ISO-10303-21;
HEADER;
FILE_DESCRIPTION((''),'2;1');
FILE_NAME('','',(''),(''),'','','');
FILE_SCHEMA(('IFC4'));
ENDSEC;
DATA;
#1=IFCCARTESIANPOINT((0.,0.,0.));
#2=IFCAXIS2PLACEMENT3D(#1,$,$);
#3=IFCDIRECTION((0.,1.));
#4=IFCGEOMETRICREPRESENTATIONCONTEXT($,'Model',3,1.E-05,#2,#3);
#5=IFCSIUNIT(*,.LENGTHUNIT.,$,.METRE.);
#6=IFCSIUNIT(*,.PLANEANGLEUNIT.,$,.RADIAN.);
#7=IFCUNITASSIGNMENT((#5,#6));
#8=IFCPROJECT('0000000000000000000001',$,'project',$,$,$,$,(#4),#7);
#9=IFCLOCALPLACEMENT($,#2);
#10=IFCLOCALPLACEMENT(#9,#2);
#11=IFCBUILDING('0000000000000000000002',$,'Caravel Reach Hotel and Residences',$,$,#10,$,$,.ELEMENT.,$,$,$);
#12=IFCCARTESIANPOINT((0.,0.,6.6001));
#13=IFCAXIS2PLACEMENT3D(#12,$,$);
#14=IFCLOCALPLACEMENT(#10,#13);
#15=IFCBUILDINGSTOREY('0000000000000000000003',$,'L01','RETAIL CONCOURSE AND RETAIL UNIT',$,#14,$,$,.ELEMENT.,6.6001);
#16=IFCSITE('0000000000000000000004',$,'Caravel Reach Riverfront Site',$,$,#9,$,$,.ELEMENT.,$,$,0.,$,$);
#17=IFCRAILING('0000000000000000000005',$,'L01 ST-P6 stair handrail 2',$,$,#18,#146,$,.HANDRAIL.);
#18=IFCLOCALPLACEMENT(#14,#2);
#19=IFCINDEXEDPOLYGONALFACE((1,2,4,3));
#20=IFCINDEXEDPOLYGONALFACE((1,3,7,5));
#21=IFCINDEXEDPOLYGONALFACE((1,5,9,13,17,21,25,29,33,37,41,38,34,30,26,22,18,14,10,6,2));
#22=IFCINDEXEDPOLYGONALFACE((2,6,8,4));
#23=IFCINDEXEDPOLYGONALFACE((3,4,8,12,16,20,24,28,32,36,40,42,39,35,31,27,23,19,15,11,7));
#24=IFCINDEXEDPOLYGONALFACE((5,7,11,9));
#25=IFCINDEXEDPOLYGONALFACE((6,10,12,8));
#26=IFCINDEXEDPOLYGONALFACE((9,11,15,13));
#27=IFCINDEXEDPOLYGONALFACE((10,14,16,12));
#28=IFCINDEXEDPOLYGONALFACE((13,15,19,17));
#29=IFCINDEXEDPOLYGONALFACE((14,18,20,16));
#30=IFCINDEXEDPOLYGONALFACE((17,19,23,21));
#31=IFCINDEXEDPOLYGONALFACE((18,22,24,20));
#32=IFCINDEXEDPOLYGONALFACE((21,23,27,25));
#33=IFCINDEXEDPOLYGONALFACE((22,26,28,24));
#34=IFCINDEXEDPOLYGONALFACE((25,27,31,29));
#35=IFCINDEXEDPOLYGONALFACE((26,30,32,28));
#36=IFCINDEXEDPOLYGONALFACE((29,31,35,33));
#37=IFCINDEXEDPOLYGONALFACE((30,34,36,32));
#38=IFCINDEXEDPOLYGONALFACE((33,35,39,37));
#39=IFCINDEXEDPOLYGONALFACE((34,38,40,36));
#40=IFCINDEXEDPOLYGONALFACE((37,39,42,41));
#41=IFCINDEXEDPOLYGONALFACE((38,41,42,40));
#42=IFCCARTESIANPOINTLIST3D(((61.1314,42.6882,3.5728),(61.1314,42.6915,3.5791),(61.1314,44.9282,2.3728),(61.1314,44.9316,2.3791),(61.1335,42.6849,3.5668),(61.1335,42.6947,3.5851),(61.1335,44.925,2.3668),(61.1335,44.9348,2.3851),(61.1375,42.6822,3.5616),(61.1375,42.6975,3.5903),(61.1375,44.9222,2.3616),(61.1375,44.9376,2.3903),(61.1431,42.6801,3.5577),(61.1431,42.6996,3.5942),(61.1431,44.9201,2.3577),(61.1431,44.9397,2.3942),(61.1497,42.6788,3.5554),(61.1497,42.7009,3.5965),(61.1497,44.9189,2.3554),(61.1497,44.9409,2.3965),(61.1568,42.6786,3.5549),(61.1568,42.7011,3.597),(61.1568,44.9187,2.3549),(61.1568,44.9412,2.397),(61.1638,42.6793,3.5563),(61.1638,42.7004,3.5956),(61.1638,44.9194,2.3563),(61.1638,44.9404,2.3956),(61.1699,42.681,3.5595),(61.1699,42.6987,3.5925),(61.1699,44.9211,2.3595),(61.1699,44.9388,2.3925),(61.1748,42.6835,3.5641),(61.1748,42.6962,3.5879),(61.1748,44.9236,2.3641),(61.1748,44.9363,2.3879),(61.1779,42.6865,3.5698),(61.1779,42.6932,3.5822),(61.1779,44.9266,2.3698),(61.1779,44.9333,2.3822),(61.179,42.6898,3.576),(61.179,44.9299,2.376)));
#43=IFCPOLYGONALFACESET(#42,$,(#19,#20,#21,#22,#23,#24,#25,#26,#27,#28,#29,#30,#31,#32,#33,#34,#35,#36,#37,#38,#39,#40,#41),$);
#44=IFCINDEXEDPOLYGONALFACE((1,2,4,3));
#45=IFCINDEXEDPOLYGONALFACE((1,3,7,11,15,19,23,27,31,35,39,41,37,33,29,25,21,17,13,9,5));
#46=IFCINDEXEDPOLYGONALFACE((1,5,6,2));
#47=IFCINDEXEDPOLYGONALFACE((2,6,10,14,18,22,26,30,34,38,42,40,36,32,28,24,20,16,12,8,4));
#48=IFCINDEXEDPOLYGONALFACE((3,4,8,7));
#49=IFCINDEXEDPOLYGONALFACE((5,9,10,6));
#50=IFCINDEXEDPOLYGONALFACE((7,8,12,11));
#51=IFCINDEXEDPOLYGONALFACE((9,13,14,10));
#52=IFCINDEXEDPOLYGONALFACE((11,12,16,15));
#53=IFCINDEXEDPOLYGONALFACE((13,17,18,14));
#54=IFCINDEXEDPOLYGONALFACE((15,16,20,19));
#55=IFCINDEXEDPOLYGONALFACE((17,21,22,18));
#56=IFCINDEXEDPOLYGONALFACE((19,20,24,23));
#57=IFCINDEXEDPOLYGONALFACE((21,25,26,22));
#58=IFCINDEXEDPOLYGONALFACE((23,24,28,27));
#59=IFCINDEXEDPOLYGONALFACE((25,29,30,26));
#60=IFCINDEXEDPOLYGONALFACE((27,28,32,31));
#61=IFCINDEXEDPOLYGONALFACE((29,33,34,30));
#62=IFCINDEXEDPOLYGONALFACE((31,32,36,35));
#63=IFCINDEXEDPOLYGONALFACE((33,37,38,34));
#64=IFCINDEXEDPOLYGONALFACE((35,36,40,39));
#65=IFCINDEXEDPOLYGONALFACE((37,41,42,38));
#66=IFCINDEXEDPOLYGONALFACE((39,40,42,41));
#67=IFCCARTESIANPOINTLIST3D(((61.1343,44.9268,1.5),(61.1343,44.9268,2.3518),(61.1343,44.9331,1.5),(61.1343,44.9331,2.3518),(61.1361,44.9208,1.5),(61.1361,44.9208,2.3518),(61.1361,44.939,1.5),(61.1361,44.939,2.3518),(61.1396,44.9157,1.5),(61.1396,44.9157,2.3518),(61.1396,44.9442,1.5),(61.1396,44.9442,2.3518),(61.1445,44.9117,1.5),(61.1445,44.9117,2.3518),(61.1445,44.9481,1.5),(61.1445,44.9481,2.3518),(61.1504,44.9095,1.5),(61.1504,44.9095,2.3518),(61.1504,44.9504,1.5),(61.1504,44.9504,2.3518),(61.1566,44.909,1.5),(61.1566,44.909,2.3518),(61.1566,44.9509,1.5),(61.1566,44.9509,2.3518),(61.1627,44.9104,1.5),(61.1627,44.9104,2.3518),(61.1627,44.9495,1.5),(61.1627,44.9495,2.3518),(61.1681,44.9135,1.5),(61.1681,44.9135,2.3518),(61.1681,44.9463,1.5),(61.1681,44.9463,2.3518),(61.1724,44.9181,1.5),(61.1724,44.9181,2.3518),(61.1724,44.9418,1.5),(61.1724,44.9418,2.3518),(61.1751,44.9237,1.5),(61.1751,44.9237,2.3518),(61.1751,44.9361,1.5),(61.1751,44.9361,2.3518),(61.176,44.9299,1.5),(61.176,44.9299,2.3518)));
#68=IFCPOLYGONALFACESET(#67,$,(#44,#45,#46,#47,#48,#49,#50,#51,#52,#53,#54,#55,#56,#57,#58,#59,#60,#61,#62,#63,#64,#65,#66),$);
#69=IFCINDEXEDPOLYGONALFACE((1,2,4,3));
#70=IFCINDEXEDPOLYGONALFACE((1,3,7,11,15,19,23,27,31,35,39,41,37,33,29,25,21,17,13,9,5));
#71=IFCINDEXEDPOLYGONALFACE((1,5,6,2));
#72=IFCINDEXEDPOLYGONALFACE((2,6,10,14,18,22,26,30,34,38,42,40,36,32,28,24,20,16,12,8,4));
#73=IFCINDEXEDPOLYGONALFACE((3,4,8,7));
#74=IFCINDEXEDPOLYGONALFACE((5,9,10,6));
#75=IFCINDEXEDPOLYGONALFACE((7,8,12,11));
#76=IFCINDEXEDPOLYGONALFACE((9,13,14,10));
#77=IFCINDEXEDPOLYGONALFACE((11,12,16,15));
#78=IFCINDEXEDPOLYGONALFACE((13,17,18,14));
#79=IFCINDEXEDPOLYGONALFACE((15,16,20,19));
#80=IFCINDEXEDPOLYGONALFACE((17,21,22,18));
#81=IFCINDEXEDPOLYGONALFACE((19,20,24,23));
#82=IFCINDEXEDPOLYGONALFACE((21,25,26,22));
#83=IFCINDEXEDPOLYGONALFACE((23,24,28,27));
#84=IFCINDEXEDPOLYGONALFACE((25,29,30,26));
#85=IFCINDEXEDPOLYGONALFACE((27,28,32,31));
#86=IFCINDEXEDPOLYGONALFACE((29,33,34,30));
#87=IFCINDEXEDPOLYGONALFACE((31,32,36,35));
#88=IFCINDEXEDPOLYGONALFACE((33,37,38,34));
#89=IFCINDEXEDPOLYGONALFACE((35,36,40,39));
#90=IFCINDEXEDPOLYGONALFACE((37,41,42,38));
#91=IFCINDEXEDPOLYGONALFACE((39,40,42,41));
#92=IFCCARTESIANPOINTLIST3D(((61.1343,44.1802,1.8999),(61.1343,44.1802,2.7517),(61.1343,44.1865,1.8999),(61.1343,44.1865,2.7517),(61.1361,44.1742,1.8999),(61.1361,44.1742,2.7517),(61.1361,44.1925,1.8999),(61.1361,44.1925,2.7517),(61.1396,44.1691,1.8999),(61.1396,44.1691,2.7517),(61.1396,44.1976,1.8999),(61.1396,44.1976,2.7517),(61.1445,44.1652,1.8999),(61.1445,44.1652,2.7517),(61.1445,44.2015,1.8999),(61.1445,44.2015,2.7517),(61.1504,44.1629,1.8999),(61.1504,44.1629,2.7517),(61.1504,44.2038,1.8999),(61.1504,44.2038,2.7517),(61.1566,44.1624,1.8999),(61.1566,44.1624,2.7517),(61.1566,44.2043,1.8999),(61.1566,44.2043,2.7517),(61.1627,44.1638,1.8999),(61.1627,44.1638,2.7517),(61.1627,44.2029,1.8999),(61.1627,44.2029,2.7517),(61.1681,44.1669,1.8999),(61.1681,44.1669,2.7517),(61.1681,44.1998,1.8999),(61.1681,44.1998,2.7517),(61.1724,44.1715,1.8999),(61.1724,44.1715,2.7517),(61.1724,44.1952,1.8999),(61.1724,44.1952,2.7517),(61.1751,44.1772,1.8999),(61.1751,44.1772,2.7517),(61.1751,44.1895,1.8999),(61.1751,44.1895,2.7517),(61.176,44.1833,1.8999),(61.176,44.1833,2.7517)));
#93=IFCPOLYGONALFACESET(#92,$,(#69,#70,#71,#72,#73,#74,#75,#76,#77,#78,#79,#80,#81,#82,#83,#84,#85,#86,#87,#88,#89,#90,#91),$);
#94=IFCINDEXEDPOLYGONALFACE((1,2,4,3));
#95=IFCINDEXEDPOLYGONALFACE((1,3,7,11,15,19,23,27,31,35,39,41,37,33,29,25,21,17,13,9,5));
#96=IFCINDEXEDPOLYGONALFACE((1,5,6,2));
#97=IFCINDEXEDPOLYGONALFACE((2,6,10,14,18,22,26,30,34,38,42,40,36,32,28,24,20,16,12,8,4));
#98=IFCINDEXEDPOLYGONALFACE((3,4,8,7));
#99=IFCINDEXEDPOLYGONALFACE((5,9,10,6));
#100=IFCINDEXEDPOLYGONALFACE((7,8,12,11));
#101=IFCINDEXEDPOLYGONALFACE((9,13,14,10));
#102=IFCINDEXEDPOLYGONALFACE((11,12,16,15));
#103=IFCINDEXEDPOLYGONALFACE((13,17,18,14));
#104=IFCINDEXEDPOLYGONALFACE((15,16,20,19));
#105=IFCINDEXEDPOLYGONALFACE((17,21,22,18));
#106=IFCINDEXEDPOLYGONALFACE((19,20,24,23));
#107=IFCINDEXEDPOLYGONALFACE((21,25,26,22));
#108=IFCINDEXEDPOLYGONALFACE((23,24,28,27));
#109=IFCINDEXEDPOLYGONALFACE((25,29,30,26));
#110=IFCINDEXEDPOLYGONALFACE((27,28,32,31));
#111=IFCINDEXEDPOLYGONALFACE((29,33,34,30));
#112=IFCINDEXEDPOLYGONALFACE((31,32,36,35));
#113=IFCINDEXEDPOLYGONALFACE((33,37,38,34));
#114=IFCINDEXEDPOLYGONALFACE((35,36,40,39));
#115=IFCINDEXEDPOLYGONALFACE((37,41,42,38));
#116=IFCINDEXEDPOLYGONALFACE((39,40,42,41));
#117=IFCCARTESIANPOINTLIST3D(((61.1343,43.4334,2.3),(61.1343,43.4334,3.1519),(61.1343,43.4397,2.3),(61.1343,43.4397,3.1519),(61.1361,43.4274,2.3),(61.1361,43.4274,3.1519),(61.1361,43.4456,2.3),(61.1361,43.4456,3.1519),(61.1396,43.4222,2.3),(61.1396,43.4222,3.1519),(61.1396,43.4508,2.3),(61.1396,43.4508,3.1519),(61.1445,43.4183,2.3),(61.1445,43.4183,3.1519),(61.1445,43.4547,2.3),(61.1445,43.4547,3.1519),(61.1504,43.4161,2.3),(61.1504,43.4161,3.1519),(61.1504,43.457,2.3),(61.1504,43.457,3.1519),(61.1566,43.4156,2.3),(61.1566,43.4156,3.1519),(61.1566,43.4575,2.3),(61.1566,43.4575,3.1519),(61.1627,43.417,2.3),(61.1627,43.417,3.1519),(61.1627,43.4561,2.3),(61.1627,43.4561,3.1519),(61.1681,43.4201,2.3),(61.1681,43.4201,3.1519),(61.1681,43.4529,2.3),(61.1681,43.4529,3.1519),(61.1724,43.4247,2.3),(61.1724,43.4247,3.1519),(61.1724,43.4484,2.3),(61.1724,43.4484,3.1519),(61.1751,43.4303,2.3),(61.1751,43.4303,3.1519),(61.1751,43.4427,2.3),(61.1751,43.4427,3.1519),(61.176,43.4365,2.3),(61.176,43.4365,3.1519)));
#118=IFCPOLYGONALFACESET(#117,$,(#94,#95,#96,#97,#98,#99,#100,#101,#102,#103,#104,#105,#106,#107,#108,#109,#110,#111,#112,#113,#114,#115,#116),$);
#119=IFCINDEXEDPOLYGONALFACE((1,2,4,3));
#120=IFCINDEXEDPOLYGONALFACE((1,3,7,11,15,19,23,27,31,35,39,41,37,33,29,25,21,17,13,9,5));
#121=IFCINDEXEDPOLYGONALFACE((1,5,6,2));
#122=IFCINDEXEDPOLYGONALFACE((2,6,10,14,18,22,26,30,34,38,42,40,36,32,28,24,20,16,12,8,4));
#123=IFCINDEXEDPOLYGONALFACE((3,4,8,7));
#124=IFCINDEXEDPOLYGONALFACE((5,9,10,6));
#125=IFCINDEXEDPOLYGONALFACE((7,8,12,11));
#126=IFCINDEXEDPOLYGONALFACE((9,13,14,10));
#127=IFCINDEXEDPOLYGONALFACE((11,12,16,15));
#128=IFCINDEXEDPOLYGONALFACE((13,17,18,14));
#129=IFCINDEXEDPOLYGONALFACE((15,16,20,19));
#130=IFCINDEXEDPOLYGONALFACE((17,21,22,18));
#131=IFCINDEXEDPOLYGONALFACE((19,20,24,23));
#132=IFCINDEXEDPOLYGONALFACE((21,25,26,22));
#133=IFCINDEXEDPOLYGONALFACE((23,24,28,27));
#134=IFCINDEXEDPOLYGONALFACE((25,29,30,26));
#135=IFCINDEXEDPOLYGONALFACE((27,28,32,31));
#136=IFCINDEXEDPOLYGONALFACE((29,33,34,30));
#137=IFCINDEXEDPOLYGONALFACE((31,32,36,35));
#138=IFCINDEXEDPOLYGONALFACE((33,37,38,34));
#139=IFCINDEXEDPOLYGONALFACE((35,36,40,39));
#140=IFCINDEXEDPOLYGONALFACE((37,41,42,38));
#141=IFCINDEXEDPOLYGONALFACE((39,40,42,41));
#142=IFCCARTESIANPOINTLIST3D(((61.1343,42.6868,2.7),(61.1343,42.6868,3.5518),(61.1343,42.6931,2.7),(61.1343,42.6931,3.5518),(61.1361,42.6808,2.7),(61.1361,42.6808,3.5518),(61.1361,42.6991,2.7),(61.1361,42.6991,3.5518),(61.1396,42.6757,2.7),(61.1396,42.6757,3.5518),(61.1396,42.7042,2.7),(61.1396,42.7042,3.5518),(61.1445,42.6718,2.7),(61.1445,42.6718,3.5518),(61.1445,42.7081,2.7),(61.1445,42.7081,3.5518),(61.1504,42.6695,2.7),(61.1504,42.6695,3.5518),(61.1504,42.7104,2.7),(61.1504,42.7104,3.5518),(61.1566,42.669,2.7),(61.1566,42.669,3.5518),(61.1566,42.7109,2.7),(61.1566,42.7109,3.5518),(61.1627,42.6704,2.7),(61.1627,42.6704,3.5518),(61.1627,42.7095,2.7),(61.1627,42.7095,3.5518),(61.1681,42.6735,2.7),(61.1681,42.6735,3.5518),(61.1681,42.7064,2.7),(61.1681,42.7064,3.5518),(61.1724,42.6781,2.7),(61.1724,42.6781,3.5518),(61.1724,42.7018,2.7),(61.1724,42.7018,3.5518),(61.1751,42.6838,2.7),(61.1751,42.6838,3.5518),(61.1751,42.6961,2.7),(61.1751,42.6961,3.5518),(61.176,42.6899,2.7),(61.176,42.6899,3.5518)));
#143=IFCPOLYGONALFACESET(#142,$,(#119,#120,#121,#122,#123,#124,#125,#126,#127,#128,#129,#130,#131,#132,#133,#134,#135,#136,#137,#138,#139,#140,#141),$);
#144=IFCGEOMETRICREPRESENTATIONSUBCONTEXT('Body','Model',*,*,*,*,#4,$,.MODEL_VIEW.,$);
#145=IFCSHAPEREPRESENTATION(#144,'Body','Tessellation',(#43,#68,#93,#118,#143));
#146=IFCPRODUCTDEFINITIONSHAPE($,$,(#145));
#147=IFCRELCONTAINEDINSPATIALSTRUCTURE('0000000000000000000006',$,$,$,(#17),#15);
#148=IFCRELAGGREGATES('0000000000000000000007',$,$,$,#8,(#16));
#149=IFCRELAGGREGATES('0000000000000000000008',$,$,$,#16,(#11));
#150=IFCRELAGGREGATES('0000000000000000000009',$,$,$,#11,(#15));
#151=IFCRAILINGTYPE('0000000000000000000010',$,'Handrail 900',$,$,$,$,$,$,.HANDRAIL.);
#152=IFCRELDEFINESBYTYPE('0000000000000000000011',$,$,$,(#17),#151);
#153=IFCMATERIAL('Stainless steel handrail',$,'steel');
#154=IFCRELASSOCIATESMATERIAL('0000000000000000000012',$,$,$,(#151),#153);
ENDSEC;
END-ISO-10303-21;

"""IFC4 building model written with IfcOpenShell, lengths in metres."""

from ifc_helpers import new_model, si_unit, direction, frame, origin, origin_2d, place, context, subcontext, project, spatial, circle, extrude, material, type_object, element, save


model = new_model("IFC4")

# Units and contexts
model_context = context("Model", 3, precision=1e-05, world=origin(), true_north=direction((0.0, 1.0)))
body_context = subcontext(model_context, "Body", "Model", "MODEL_VIEW")
ifc_project = project(units=[si_unit("LENGTHUNIT", "METRE"), si_unit("PLANEANGLEUNIT", "RADIAN")], contexts=[model_context])

# Site, building, storey
site_placement = place(None, origin())
site = spatial("IfcSite", under=ifc_project, at=site_placement, Name="Caravel Reach Riverfront Site", CompositionType="ELEMENT", RefElevation=0.0)
building_placement = place(site_placement, origin())
building = spatial("IfcBuilding", under=site, at=building_placement, Name="Caravel Reach Hotel and Residences", CompositionType="ELEMENT")
storey_placement = place(building_placement, frame((0.0, 0.0, 6.6001)))
storey = spatial("IfcBuildingStorey", under=building, at=storey_placement, Name="L01", Description="RETAIL CONCOURSE AND RETAIL UNIT", CompositionType="ELEMENT", Elevation=6.6001)

# Railing
ifc_material_1 = material(Name="Stainless steel handrail", Category="steel")
railing_type_1 = type_object("IfcRailingType", Name="Handrail 900", PredefinedType="HANDRAIL", material=ifc_material_1)
railing_1_placement = place(storey_placement, frame((61.155, 44.9299, 1.5)))
element("IfcRailing", 1, at=railing_1_placement, inside=storey, type_object=railing_type_1, Name="L01 ST-P6 stair handrail 2", PredefinedType="HANDRAIL", context=body_context, shape_type="SweptSolid", body=[
    extrude(circle(Radius=0.0239, at=origin_2d()), frame((0.0, 0.0, 0.876), z_axis=(0.0, -0.881487, 0.472208), x_axis=(1.0, 0.0, 0.0)), (0.0, 0.0, 1.0), 2.5413),
    extrude(circle(Radius=0.021, at=origin_2d()), origin(), (0.0, 0.0, 1.0), 0.8518),
    extrude(circle(Radius=0.021, at=origin_2d()), frame((0.0, -0.7466, 0.3999)), (0.0, 0.0, 1.0), 0.8518),
    extrude(circle(Radius=0.021, at=origin_2d()), frame((0.0, -1.4934, 0.8)), (0.0, 0.0, 1.0), 0.8518),
    extrude(circle(Radius=0.021, at=origin_2d()), frame((0.0, -2.24, 1.2)), (0.0, 0.0, 1.0), 0.8518),
])

save(model, "model.ifc")
